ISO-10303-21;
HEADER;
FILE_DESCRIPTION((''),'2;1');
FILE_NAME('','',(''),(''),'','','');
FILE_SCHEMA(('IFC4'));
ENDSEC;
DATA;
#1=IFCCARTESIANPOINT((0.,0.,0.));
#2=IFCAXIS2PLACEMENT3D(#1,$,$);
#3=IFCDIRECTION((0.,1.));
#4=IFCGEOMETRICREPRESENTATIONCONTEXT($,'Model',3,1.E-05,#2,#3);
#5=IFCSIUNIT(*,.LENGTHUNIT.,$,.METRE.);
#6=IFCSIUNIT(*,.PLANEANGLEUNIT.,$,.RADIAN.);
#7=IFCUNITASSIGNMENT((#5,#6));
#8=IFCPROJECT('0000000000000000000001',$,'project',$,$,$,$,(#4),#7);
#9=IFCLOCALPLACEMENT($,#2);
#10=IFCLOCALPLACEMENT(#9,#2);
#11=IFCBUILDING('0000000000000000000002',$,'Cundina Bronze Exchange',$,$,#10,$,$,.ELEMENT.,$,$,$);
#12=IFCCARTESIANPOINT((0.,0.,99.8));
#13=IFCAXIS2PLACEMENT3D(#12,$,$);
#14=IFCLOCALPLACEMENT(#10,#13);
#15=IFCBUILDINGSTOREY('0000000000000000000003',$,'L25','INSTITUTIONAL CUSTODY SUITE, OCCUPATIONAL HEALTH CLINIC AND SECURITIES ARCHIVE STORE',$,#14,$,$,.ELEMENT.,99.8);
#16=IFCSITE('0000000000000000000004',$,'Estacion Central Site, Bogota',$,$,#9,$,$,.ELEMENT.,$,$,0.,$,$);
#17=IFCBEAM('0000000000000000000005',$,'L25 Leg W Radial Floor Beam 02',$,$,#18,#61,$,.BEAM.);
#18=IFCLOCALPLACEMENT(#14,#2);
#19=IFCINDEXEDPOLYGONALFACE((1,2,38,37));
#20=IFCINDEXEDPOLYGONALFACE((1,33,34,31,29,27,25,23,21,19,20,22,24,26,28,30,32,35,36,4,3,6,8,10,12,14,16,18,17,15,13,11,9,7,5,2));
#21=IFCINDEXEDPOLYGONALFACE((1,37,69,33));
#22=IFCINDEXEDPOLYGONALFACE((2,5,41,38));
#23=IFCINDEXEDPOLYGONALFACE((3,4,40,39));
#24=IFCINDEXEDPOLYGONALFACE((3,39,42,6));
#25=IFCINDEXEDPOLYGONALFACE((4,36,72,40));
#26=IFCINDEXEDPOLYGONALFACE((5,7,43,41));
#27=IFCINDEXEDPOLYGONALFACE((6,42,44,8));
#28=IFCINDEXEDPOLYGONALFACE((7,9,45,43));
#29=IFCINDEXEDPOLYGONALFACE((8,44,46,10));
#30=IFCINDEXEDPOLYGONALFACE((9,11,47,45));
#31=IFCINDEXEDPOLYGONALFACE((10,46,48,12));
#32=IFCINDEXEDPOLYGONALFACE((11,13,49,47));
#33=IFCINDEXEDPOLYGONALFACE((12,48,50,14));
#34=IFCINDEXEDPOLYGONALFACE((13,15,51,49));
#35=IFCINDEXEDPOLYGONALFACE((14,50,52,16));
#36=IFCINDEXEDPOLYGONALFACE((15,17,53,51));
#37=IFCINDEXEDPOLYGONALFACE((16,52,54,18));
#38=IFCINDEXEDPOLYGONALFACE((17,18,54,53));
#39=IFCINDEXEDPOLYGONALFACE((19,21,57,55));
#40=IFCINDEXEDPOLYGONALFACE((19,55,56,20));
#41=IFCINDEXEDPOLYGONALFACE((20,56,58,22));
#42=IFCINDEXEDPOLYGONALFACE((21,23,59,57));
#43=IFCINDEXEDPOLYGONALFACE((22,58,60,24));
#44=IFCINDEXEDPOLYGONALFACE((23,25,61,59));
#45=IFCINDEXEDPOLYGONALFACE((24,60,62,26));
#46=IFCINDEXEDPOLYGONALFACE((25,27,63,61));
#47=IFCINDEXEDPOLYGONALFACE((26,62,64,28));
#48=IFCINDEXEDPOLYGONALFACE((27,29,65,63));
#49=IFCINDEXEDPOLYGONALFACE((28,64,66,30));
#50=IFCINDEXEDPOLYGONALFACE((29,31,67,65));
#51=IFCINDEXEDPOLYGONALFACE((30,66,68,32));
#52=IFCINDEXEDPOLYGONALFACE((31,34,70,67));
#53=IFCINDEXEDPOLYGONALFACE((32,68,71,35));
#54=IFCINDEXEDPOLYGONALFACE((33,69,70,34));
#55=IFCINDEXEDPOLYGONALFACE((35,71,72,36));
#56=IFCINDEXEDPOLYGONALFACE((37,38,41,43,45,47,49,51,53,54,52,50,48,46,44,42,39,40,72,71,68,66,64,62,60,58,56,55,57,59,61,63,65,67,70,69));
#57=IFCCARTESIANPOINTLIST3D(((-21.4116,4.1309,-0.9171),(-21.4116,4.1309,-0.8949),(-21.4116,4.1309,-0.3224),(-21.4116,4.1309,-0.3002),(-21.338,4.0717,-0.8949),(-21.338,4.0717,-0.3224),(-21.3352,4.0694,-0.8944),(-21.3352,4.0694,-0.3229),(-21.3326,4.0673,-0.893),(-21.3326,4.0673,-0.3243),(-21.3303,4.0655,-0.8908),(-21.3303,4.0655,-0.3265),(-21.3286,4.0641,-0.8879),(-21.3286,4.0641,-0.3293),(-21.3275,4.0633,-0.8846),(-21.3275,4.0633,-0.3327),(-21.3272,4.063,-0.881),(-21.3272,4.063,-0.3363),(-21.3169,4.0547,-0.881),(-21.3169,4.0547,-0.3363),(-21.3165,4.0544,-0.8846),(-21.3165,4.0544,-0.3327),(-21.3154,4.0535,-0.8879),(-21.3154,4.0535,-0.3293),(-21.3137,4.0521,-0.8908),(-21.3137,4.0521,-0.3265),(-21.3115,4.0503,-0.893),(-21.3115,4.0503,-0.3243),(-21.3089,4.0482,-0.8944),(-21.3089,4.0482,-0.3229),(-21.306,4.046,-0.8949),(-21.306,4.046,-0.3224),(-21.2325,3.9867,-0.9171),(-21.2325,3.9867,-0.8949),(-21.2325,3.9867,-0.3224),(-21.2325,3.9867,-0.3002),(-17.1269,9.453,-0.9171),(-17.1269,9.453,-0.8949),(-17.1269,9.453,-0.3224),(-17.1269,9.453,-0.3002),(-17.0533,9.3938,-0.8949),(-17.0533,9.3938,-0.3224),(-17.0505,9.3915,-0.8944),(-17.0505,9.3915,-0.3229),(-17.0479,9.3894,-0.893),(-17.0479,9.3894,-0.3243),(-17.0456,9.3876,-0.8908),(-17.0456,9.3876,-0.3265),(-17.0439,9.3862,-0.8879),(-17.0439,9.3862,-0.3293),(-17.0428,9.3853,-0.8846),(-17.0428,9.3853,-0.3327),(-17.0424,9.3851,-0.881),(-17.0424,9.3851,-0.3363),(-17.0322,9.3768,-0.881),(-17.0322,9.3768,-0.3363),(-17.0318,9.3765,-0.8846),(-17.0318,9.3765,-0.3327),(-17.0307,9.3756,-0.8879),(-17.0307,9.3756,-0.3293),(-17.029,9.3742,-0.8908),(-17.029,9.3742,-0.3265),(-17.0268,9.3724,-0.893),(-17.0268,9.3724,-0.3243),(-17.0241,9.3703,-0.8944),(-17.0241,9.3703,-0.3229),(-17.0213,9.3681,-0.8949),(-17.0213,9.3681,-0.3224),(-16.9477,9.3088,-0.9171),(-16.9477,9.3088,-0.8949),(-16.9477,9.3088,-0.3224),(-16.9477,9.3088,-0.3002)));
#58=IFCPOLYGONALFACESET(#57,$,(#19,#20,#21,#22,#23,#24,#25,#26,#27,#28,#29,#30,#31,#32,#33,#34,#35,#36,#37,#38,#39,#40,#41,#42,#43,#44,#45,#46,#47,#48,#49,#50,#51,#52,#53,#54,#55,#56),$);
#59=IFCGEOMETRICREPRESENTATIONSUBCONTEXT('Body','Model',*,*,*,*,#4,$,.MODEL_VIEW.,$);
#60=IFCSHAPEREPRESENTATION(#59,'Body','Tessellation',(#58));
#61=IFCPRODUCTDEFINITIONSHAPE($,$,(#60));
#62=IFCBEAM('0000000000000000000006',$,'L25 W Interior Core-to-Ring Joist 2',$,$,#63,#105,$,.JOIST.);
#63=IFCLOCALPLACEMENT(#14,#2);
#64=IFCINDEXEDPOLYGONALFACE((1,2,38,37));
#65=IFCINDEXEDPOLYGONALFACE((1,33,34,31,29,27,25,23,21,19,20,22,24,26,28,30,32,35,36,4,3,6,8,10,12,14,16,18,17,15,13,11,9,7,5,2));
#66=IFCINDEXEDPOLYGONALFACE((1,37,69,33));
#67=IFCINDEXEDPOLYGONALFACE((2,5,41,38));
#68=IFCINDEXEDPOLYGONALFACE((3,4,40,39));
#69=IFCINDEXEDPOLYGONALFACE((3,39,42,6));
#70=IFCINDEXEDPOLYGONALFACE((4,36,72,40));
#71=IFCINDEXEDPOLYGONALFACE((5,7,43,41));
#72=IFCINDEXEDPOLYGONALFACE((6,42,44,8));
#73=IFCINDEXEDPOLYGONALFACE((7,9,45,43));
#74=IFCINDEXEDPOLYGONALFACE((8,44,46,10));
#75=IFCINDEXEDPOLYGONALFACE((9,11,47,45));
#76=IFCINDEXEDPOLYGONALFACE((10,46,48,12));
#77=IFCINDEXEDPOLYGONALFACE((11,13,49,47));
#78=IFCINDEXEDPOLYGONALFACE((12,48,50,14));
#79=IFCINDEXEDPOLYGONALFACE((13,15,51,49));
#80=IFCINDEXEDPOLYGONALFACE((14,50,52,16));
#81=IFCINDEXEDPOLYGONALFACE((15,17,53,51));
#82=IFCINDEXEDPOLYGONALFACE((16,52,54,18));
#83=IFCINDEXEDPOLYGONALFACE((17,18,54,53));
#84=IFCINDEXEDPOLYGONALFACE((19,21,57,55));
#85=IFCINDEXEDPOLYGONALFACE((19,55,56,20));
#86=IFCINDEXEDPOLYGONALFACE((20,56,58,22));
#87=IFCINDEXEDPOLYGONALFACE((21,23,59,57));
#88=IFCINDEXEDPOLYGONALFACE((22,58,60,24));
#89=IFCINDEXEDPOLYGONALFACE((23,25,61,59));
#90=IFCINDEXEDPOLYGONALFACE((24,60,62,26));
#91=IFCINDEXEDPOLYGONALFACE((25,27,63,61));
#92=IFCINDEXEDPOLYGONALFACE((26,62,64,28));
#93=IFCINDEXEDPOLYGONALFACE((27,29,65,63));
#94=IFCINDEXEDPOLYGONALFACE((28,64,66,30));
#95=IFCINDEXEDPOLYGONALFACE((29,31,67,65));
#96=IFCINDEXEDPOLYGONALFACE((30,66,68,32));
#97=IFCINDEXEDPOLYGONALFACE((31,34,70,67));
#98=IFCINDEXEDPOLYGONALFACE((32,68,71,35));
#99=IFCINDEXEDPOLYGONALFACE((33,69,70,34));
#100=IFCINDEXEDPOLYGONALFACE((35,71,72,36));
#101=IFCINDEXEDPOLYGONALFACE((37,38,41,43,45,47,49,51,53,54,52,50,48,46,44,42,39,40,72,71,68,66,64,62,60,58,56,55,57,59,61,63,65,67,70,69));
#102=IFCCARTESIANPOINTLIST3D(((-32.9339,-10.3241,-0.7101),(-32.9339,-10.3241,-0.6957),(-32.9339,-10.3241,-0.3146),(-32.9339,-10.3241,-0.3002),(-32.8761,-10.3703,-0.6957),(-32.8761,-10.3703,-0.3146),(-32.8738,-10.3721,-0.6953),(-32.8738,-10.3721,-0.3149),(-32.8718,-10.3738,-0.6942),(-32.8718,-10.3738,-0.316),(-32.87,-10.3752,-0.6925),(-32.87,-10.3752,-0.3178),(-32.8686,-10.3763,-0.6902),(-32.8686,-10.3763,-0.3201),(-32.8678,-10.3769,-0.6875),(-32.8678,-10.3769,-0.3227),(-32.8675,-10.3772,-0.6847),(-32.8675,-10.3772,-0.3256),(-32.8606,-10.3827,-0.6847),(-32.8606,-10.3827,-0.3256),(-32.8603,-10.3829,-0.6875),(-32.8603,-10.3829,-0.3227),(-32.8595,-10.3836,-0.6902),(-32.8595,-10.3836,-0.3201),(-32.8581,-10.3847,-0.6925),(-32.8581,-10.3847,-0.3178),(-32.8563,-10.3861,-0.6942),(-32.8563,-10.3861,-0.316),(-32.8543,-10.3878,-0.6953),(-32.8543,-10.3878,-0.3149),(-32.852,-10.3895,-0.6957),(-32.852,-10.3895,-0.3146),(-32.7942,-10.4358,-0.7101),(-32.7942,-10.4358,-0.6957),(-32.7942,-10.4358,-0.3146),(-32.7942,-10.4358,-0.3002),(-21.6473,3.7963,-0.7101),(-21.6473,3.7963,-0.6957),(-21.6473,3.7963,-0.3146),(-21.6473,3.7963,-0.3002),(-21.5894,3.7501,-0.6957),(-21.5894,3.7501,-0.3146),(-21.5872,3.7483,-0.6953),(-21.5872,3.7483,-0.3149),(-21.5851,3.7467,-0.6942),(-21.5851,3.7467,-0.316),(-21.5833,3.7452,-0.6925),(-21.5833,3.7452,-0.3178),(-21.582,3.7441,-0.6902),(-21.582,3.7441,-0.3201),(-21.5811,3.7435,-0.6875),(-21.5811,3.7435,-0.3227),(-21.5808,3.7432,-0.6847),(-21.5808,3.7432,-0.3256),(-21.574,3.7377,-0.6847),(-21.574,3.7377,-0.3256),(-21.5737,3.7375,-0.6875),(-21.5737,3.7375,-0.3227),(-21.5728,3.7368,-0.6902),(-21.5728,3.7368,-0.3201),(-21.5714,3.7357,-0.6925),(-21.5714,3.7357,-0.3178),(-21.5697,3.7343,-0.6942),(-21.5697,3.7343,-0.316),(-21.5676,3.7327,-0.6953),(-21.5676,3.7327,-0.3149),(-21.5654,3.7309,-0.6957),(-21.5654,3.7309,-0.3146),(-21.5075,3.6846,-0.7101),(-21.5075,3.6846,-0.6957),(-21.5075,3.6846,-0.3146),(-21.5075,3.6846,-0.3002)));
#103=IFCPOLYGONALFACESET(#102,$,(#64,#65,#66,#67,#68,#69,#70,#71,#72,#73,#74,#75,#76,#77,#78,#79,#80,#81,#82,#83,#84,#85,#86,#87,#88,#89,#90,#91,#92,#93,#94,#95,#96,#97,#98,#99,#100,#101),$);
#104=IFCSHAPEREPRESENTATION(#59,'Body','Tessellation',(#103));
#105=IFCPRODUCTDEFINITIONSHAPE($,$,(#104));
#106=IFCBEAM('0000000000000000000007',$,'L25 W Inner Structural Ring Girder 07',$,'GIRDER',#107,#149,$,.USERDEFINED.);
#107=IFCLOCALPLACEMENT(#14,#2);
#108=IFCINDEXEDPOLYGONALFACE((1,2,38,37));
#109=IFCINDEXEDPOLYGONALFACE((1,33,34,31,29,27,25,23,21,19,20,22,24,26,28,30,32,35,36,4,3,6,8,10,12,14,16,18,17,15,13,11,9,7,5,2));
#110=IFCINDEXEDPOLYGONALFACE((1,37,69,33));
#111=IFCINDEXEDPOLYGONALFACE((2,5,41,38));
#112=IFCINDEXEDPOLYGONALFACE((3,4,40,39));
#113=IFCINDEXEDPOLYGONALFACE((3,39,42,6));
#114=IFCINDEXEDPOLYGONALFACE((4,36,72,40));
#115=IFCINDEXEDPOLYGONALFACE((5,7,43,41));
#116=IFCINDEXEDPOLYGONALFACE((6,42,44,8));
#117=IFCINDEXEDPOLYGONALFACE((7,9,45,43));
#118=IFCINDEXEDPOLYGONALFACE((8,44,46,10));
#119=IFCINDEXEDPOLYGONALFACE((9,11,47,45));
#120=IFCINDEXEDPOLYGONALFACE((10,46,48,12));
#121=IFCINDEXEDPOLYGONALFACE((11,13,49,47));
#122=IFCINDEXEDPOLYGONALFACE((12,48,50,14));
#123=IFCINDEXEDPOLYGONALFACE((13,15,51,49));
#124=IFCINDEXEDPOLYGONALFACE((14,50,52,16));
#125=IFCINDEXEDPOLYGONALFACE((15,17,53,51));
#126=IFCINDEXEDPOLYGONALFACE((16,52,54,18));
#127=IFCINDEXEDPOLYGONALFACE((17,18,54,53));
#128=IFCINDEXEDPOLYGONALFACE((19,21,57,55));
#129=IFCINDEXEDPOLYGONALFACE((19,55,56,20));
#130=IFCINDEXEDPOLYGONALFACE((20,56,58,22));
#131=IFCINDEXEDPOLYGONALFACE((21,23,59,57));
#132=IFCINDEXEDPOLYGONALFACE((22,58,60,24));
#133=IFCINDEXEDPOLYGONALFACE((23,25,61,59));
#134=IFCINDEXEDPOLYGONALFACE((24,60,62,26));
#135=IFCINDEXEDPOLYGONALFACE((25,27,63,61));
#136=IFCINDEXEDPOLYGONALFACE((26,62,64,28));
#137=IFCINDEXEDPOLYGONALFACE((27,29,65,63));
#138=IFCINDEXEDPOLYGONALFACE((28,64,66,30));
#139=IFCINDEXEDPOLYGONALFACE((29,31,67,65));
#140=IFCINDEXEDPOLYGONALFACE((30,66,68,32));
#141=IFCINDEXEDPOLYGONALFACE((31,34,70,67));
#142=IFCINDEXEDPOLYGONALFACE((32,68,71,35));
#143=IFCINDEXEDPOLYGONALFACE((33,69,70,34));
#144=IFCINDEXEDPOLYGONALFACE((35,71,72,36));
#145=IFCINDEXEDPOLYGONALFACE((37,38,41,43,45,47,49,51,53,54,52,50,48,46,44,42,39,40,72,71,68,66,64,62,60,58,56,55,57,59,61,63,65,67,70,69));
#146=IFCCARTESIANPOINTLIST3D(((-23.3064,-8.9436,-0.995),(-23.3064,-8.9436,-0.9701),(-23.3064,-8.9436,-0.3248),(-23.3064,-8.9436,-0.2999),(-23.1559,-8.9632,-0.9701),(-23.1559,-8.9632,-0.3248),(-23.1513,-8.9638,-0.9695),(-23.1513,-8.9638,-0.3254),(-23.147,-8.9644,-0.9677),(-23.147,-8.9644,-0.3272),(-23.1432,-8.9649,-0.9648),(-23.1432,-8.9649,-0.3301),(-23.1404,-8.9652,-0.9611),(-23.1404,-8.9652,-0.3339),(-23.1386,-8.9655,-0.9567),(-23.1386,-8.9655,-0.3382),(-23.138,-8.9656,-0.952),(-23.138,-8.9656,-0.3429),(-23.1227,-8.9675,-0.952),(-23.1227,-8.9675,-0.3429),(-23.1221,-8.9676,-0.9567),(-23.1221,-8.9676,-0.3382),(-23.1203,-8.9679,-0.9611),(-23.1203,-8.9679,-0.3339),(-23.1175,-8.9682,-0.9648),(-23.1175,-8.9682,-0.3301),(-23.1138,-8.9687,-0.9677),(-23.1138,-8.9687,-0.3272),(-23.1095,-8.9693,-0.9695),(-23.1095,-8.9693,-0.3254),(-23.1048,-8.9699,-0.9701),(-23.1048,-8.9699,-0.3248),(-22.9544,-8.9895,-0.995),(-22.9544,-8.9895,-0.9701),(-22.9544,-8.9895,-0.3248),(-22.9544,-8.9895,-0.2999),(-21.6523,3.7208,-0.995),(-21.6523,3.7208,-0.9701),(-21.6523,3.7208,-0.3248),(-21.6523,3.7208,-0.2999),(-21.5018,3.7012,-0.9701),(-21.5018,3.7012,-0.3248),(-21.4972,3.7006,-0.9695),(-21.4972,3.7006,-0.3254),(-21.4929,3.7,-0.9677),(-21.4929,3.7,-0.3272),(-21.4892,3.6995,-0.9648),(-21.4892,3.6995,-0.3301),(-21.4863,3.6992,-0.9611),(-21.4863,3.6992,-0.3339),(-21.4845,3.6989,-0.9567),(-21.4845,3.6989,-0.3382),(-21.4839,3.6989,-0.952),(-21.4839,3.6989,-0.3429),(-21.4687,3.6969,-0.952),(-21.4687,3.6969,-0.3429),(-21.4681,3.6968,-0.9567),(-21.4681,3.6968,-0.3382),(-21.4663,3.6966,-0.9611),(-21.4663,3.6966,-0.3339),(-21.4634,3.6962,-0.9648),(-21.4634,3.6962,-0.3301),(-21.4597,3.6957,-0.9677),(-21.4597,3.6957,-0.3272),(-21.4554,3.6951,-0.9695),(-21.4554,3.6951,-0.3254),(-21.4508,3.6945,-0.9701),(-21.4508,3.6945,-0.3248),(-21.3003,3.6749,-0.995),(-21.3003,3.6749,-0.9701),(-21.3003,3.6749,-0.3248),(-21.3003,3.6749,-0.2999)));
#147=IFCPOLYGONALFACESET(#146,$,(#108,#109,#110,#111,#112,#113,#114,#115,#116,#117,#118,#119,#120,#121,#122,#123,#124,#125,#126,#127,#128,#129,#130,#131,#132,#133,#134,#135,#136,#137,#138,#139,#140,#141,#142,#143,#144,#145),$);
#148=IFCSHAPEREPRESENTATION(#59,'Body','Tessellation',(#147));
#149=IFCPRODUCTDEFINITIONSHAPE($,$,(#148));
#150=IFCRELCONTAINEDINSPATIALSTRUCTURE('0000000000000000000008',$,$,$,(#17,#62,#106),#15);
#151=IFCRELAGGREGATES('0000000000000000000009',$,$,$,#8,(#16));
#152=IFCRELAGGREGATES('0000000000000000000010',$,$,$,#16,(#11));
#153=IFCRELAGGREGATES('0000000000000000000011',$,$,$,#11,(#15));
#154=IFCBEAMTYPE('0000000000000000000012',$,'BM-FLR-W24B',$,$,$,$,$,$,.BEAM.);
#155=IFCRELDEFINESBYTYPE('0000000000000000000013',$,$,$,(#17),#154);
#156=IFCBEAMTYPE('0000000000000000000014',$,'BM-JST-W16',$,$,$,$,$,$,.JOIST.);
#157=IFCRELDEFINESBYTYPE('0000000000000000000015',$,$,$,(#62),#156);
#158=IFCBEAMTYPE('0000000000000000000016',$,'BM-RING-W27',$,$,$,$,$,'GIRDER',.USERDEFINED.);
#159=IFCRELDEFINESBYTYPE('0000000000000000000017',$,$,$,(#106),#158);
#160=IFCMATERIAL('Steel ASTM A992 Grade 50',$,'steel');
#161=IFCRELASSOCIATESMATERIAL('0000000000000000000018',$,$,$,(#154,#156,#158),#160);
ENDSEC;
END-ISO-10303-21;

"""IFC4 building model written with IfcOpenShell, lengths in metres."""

from ifc_helpers import new_model, si_unit, direction, frame, origin, origin_2d, place, context, subcontext, project, spatial, i_section, extrude, material, material_profile, profile_set, type_object, element, save


model = new_model("IFC4")

# Units and contexts
model_context = context("Model", 3, precision=1e-05, world=origin(), true_north=direction((0.0, 1.0)))
body_context = subcontext(model_context, "Body", "Model", "MODEL_VIEW")
ifc_project = project(units=[si_unit("LENGTHUNIT", "METRE"), si_unit("PLANEANGLEUNIT", "RADIAN")], contexts=[model_context])

# Site, building, storey
site_placement = place(None, origin())
site = spatial("IfcSite", under=ifc_project, at=site_placement, Name="Estacion Central Site, Bogota", CompositionType="ELEMENT", RefElevation=0.0)
building_placement = place(site_placement, origin())
building = spatial("IfcBuilding", under=site, at=building_placement, Name="Cundina Bronze Exchange", CompositionType="ELEMENT")
storey_placement = place(building_placement, frame((0.0, 0.0, 99.8)))
storey = spatial("IfcBuildingStorey", under=building, at=storey_placement, Name="L25", Description="INSTITUTIONAL CUSTODY SUITE, OCCUPATIONAL HEALTH CLINIC AND SECURITIES ARCHIVE STORE", CompositionType="ELEMENT", Elevation=99.8)

# Shared definitions
ifc_material_1 = material(Name="Steel ASTM A992 Grade 50", Category="steel")

# Beams
ifc_material_profile_1 = material_profile(ifc_material_1, i_section(OverallWidth=0.23, OverallDepth=0.6169, WebThickness=0.0132, FlangeThickness=0.0222, FilletRadius=0.0139, at=origin_2d()), Name="W24X94", Category="steel")
ifc_profile_set_1 = profile_set([ifc_material_profile_1], Name="Steel ASTM A992 Grade 50")
beam_type_1 = type_object("IfcBeamType", Name="BM-FLR-W24B", PredefinedType="BEAM", material=ifc_profile_set_1)
beam_1_placement = place(storey_placement, frame((-21.322, 4.0588, -0.6086), z_axis=(0.627106, 0.778934, 0.0), x_axis=(-0.778934, 0.627106, 0.0)))
element("IfcBeam", 1, at=beam_1_placement, inside=storey, type_object=beam_type_1, Name="L25 Leg W Radial Floor Beam 02", PredefinedType="BEAM", context=body_context, shape_type="SweptSolid", body=[
    extrude(i_section(OverallWidth=0.23, OverallDepth=0.6169, WebThickness=0.0132, FlangeThickness=0.0222, FilletRadius=0.0139, at=origin_2d()), origin(), (0.0, 0.0, 1.0), 6.8325),
])
ifc_material_profile_2 = material_profile(ifc_material_1, i_section(OverallWidth=0.179, OverallDepth=0.4099, WebThickness=0.0088, FlangeThickness=0.0144, FilletRadius=0.011, at=origin_2d()), Name="W16X45", Category="steel")
ifc_profile_set_2 = profile_set([ifc_material_profile_2], Name="Steel ASTM A992 Grade 50")
beam_type_2 = type_object("IfcBeamType", Name="BM-JST-W16", PredefinedType="JOIST", material=ifc_profile_set_2)
beam_2_placement = place(storey_placement, frame((-21.5774, 3.7405, -0.5051), z_axis=(-0.624369, -0.78113, 0.0), x_axis=(0.78113, -0.624369, 0.0)))
element("IfcBeam", 2, at=beam_2_placement, inside=storey, type_object=beam_type_2, Name="L25 W Interior Core-to-Ring Joist 2", PredefinedType="JOIST", context=body_context, shape_type="SweptSolid", body=[
    extrude(i_section(OverallWidth=0.179, OverallDepth=0.4099, WebThickness=0.0088, FlangeThickness=0.0144, FilletRadius=0.011, at=origin_2d()), origin(), (0.0, 0.0, 1.0), 18.0769),
])
ifc_material_profile_3 = material_profile(ifc_material_1, i_section(OverallWidth=0.355, OverallDepth=0.6951, WebThickness=0.0154, FlangeThickness=0.0249, FilletRadius=0.0181, at=origin_2d()), Name="W27X146", Category="steel")
ifc_profile_set_3 = profile_set([ifc_material_profile_3], Name="Steel ASTM A992 Grade 50")
beam_type_3 = type_object("IfcBeamType", Name="BM-RING-W27", ElementType="GIRDER", PredefinedType="USERDEFINED", material=ifc_profile_set_3)
beam_3_placement = place(storey_placement, frame((-23.1304, -8.9666, -0.6475), z_axis=(0.129508, 0.991578, 0.0), x_axis=(-0.991578, 0.129508, 0.0)))
element("IfcBeam", 3, at=beam_3_placement, inside=storey, type_object=beam_type_3, Name="L25 W Inner Structural Ring Girder 07", ObjectType="GIRDER", PredefinedType="USERDEFINED", context=body_context, shape_type="SweptSolid", body=[
    extrude(i_section(OverallWidth=0.355, OverallDepth=0.6951, WebThickness=0.0154, FlangeThickness=0.0249, FilletRadius=0.0181, at=origin_2d()), origin(), (0.0, 0.0, 1.0), 12.772),
])

save(model, "model.ifc")
